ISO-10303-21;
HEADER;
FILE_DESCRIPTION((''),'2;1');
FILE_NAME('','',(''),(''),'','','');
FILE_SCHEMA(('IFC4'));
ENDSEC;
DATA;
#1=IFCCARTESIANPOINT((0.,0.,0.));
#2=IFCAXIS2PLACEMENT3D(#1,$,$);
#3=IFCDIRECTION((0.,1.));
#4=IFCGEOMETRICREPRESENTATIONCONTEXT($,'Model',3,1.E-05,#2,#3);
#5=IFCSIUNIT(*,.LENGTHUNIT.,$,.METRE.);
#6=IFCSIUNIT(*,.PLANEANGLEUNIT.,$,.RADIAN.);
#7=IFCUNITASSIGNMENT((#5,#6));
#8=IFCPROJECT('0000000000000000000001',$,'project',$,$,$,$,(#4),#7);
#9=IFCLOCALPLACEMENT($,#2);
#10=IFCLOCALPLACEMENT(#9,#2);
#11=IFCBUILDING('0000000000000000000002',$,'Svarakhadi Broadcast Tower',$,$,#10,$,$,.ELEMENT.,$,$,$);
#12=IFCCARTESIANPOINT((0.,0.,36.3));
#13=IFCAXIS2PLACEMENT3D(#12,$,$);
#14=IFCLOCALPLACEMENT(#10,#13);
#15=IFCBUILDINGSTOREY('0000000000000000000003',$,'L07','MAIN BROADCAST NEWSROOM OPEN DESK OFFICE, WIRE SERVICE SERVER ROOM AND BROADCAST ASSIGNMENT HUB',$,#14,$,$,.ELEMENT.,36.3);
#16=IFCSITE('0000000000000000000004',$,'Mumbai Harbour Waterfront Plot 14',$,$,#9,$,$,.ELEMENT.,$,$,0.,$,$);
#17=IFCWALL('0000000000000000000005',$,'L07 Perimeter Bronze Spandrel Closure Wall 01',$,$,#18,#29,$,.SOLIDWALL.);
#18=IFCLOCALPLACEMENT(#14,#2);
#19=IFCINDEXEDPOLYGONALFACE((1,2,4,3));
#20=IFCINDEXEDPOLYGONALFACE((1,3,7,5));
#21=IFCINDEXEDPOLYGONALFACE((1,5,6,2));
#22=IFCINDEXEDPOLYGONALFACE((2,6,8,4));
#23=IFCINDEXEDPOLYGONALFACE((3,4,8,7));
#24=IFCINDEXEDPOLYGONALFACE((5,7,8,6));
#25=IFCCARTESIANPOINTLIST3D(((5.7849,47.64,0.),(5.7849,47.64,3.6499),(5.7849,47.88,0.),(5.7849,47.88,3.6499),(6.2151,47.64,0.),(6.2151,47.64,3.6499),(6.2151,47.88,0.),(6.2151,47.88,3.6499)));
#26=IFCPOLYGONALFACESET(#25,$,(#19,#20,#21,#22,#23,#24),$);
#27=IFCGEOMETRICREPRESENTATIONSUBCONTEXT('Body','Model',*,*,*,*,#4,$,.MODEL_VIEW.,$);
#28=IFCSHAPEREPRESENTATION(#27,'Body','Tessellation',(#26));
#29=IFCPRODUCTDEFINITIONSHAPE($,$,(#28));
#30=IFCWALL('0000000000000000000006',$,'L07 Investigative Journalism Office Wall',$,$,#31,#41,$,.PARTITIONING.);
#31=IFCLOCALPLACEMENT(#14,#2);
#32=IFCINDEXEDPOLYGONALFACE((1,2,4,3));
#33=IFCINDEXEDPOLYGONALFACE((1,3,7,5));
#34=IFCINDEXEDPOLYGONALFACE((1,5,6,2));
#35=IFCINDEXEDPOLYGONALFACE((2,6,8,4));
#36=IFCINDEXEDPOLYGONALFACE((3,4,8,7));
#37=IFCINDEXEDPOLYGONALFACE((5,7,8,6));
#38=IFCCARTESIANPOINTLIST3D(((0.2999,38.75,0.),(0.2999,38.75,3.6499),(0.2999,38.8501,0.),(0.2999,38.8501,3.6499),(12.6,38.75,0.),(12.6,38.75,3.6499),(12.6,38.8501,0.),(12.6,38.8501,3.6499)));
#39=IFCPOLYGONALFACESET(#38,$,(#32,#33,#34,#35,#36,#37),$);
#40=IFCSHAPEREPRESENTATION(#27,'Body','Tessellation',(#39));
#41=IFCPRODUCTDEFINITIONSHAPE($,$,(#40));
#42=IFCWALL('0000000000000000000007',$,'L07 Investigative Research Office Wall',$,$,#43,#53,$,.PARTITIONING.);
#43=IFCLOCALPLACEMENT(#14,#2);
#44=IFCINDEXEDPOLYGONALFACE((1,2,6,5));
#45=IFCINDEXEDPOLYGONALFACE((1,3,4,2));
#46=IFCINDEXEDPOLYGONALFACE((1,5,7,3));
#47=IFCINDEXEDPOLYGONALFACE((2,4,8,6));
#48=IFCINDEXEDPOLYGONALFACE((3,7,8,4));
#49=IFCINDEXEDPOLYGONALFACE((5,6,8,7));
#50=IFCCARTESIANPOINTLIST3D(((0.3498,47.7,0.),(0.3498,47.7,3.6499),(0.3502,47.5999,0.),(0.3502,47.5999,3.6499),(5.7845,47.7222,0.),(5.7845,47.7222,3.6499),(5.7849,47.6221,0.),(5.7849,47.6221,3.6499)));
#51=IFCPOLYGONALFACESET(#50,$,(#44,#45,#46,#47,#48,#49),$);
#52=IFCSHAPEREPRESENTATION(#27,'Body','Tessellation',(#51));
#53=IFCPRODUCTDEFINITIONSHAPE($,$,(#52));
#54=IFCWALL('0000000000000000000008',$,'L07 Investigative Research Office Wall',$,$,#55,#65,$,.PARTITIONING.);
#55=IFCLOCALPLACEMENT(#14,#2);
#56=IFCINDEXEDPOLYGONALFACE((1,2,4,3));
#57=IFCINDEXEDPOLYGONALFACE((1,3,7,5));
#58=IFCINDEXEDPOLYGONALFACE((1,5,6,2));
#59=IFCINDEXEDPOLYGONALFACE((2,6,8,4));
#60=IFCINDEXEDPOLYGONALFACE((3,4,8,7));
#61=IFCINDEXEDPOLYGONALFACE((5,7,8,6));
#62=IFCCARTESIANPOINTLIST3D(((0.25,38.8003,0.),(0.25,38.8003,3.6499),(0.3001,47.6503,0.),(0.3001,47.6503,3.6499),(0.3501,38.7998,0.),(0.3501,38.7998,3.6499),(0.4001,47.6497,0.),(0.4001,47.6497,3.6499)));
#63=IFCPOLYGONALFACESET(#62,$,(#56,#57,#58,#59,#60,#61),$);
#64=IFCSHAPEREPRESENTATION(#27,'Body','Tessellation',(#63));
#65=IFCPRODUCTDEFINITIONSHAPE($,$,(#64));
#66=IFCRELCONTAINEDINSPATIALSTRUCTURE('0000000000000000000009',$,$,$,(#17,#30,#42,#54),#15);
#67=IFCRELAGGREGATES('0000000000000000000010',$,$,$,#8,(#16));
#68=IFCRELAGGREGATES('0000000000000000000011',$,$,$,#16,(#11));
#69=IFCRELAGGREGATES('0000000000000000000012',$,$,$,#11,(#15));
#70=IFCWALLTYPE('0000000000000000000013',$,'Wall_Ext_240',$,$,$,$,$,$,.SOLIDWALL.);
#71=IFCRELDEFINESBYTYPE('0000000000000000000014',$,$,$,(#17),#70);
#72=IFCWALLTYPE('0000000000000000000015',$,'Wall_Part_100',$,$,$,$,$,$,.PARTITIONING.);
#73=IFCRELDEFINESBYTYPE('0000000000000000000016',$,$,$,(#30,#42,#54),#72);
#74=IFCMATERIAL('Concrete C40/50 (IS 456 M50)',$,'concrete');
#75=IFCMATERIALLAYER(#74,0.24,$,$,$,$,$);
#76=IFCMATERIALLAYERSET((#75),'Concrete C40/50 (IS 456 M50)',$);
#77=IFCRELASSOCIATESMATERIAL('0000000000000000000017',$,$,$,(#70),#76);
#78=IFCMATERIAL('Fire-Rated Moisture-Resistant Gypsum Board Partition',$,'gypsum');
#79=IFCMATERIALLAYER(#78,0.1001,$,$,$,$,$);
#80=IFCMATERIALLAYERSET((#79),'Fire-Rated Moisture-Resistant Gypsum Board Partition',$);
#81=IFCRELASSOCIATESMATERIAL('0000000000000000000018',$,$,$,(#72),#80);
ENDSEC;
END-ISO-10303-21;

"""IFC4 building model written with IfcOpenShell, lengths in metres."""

from ifc_helpers import new_model, si_unit, direction, frame, frame_2d, origin, place, context, subcontext, project, spatial, rectangle, extrude, material, layer, layer_set, type_object, element, save


model = new_model("IFC4")

# Units and contexts
model_context = context("Model", 3, precision=1e-05, world=origin(), true_north=direction((0.0, 1.0)))
body_context = subcontext(model_context, "Body", "Model", "MODEL_VIEW")
ifc_project = project(units=[si_unit("LENGTHUNIT", "METRE"), si_unit("PLANEANGLEUNIT", "RADIAN")], contexts=[model_context])

# Site, building, storey
site_placement = place(None, origin())
site = spatial("IfcSite", under=ifc_project, at=site_placement, Name="Mumbai Harbour Waterfront Plot 14", CompositionType="ELEMENT", RefElevation=0.0)
building_placement = place(site_placement, origin())
building = spatial("IfcBuilding", under=site, at=building_placement, Name="Svarakhadi Broadcast Tower", CompositionType="ELEMENT")
storey_placement = place(building_placement, frame((0.0, 0.0, 36.3)))
storey = spatial("IfcBuildingStorey", under=building, at=storey_placement, Name="L07", Description="MAIN BROADCAST NEWSROOM OPEN DESK OFFICE, WIRE SERVICE SERVER ROOM AND BROADCAST ASSIGNMENT HUB", CompositionType="ELEMENT", Elevation=36.3)

# Walls
ifc_material_1 = material(Name="Concrete C40/50 (IS 456 M50)", Category="concrete")
ifc_layer_1 = layer(ifc_material_1, 0.24)
ifc_layer_set_1 = layer_set([ifc_layer_1], Name="Concrete C40/50 (IS 456 M50)")
wall_type_1 = type_object("IfcWallType", Name="Wall_Ext_240", PredefinedType="SOLIDWALL", material=ifc_layer_set_1)
wall_1_placement = place(storey_placement, frame((5.7849, 47.76, 0.0), z_axis=(0.0, 0.0, 1.0), x_axis=(1.0, 0.0, 0.0)))
element("IfcWall", 1, at=wall_1_placement, inside=storey, type_object=wall_type_1, Name="L07 Perimeter Bronze Spandrel Closure Wall 01", PredefinedType="SOLIDWALL", context=body_context, shape_type="SweptSolid", body=[
    extrude(rectangle(XDim=0.4302, YDim=0.24, at=frame_2d((0.2151, 0.0))), origin(), (0.0, 0.0, 1.0), 3.6499),
])
ifc_material_2 = material(Name="Fire-Rated Moisture-Resistant Gypsum Board Partition", Category="gypsum")
ifc_layer_2 = layer(ifc_material_2, 0.1001)
ifc_layer_set_2 = layer_set([ifc_layer_2], Name="Fire-Rated Moisture-Resistant Gypsum Board Partition")
wall_type_2 = type_object("IfcWallType", Name="Wall_Part_100", PredefinedType="PARTITIONING", material=ifc_layer_set_2)
wall_2_placement = place(storey_placement, frame((0.3, 38.8, 0.0), z_axis=(0.0, 0.0, 1.0), x_axis=(1.0, 0.0, 0.0)))
element("IfcWall", 2, at=wall_2_placement, inside=storey, type_object=wall_type_2, Name="L07 Investigative Journalism Office Wall", PredefinedType="PARTITIONING", context=body_context, shape_type="SweptSolid", body=[
    extrude(rectangle(XDim=12.3, YDim=0.1001, at=frame_2d((6.1499, 0.0))), origin(), (0.0, 0.0, 1.0), 3.6499),
])
wall_3_placement = place(storey_placement, frame((0.3501, 47.6499, 0.0), z_axis=(0.0, 0.0, 1.0), x_axis=(0.999992, 0.004088, 0.0)))
element("IfcWall", 3, at=wall_3_placement, inside=storey, type_object=wall_type_2, Name="L07 Investigative Research Office Wall", PredefinedType="PARTITIONING", context=body_context, shape_type="SweptSolid", body=[
    extrude(rectangle(XDim=5.4348, YDim=0.1001, at=frame_2d((2.7173, 0.0))), origin(), (0.0, 0.0, 1.0), 3.6499),
])
wall_4_placement = place(storey_placement, frame((0.3, 38.8, 0.0), z_axis=(0.0, 0.0, 1.0), x_axis=(0.005655, 0.999984, 0.0)))
element("IfcWall", 4, at=wall_4_placement, inside=storey, type_object=wall_type_2, Name="L07 Investigative Research Office Wall", PredefinedType="PARTITIONING", context=body_context, shape_type="SweptSolid", body=[
    extrude(rectangle(XDim=8.8501, YDim=0.1001, at=frame_2d((4.425, 0.0))), origin(), (0.0, 0.0, 1.0), 3.6499),
])

save(model, "model.ifc")
